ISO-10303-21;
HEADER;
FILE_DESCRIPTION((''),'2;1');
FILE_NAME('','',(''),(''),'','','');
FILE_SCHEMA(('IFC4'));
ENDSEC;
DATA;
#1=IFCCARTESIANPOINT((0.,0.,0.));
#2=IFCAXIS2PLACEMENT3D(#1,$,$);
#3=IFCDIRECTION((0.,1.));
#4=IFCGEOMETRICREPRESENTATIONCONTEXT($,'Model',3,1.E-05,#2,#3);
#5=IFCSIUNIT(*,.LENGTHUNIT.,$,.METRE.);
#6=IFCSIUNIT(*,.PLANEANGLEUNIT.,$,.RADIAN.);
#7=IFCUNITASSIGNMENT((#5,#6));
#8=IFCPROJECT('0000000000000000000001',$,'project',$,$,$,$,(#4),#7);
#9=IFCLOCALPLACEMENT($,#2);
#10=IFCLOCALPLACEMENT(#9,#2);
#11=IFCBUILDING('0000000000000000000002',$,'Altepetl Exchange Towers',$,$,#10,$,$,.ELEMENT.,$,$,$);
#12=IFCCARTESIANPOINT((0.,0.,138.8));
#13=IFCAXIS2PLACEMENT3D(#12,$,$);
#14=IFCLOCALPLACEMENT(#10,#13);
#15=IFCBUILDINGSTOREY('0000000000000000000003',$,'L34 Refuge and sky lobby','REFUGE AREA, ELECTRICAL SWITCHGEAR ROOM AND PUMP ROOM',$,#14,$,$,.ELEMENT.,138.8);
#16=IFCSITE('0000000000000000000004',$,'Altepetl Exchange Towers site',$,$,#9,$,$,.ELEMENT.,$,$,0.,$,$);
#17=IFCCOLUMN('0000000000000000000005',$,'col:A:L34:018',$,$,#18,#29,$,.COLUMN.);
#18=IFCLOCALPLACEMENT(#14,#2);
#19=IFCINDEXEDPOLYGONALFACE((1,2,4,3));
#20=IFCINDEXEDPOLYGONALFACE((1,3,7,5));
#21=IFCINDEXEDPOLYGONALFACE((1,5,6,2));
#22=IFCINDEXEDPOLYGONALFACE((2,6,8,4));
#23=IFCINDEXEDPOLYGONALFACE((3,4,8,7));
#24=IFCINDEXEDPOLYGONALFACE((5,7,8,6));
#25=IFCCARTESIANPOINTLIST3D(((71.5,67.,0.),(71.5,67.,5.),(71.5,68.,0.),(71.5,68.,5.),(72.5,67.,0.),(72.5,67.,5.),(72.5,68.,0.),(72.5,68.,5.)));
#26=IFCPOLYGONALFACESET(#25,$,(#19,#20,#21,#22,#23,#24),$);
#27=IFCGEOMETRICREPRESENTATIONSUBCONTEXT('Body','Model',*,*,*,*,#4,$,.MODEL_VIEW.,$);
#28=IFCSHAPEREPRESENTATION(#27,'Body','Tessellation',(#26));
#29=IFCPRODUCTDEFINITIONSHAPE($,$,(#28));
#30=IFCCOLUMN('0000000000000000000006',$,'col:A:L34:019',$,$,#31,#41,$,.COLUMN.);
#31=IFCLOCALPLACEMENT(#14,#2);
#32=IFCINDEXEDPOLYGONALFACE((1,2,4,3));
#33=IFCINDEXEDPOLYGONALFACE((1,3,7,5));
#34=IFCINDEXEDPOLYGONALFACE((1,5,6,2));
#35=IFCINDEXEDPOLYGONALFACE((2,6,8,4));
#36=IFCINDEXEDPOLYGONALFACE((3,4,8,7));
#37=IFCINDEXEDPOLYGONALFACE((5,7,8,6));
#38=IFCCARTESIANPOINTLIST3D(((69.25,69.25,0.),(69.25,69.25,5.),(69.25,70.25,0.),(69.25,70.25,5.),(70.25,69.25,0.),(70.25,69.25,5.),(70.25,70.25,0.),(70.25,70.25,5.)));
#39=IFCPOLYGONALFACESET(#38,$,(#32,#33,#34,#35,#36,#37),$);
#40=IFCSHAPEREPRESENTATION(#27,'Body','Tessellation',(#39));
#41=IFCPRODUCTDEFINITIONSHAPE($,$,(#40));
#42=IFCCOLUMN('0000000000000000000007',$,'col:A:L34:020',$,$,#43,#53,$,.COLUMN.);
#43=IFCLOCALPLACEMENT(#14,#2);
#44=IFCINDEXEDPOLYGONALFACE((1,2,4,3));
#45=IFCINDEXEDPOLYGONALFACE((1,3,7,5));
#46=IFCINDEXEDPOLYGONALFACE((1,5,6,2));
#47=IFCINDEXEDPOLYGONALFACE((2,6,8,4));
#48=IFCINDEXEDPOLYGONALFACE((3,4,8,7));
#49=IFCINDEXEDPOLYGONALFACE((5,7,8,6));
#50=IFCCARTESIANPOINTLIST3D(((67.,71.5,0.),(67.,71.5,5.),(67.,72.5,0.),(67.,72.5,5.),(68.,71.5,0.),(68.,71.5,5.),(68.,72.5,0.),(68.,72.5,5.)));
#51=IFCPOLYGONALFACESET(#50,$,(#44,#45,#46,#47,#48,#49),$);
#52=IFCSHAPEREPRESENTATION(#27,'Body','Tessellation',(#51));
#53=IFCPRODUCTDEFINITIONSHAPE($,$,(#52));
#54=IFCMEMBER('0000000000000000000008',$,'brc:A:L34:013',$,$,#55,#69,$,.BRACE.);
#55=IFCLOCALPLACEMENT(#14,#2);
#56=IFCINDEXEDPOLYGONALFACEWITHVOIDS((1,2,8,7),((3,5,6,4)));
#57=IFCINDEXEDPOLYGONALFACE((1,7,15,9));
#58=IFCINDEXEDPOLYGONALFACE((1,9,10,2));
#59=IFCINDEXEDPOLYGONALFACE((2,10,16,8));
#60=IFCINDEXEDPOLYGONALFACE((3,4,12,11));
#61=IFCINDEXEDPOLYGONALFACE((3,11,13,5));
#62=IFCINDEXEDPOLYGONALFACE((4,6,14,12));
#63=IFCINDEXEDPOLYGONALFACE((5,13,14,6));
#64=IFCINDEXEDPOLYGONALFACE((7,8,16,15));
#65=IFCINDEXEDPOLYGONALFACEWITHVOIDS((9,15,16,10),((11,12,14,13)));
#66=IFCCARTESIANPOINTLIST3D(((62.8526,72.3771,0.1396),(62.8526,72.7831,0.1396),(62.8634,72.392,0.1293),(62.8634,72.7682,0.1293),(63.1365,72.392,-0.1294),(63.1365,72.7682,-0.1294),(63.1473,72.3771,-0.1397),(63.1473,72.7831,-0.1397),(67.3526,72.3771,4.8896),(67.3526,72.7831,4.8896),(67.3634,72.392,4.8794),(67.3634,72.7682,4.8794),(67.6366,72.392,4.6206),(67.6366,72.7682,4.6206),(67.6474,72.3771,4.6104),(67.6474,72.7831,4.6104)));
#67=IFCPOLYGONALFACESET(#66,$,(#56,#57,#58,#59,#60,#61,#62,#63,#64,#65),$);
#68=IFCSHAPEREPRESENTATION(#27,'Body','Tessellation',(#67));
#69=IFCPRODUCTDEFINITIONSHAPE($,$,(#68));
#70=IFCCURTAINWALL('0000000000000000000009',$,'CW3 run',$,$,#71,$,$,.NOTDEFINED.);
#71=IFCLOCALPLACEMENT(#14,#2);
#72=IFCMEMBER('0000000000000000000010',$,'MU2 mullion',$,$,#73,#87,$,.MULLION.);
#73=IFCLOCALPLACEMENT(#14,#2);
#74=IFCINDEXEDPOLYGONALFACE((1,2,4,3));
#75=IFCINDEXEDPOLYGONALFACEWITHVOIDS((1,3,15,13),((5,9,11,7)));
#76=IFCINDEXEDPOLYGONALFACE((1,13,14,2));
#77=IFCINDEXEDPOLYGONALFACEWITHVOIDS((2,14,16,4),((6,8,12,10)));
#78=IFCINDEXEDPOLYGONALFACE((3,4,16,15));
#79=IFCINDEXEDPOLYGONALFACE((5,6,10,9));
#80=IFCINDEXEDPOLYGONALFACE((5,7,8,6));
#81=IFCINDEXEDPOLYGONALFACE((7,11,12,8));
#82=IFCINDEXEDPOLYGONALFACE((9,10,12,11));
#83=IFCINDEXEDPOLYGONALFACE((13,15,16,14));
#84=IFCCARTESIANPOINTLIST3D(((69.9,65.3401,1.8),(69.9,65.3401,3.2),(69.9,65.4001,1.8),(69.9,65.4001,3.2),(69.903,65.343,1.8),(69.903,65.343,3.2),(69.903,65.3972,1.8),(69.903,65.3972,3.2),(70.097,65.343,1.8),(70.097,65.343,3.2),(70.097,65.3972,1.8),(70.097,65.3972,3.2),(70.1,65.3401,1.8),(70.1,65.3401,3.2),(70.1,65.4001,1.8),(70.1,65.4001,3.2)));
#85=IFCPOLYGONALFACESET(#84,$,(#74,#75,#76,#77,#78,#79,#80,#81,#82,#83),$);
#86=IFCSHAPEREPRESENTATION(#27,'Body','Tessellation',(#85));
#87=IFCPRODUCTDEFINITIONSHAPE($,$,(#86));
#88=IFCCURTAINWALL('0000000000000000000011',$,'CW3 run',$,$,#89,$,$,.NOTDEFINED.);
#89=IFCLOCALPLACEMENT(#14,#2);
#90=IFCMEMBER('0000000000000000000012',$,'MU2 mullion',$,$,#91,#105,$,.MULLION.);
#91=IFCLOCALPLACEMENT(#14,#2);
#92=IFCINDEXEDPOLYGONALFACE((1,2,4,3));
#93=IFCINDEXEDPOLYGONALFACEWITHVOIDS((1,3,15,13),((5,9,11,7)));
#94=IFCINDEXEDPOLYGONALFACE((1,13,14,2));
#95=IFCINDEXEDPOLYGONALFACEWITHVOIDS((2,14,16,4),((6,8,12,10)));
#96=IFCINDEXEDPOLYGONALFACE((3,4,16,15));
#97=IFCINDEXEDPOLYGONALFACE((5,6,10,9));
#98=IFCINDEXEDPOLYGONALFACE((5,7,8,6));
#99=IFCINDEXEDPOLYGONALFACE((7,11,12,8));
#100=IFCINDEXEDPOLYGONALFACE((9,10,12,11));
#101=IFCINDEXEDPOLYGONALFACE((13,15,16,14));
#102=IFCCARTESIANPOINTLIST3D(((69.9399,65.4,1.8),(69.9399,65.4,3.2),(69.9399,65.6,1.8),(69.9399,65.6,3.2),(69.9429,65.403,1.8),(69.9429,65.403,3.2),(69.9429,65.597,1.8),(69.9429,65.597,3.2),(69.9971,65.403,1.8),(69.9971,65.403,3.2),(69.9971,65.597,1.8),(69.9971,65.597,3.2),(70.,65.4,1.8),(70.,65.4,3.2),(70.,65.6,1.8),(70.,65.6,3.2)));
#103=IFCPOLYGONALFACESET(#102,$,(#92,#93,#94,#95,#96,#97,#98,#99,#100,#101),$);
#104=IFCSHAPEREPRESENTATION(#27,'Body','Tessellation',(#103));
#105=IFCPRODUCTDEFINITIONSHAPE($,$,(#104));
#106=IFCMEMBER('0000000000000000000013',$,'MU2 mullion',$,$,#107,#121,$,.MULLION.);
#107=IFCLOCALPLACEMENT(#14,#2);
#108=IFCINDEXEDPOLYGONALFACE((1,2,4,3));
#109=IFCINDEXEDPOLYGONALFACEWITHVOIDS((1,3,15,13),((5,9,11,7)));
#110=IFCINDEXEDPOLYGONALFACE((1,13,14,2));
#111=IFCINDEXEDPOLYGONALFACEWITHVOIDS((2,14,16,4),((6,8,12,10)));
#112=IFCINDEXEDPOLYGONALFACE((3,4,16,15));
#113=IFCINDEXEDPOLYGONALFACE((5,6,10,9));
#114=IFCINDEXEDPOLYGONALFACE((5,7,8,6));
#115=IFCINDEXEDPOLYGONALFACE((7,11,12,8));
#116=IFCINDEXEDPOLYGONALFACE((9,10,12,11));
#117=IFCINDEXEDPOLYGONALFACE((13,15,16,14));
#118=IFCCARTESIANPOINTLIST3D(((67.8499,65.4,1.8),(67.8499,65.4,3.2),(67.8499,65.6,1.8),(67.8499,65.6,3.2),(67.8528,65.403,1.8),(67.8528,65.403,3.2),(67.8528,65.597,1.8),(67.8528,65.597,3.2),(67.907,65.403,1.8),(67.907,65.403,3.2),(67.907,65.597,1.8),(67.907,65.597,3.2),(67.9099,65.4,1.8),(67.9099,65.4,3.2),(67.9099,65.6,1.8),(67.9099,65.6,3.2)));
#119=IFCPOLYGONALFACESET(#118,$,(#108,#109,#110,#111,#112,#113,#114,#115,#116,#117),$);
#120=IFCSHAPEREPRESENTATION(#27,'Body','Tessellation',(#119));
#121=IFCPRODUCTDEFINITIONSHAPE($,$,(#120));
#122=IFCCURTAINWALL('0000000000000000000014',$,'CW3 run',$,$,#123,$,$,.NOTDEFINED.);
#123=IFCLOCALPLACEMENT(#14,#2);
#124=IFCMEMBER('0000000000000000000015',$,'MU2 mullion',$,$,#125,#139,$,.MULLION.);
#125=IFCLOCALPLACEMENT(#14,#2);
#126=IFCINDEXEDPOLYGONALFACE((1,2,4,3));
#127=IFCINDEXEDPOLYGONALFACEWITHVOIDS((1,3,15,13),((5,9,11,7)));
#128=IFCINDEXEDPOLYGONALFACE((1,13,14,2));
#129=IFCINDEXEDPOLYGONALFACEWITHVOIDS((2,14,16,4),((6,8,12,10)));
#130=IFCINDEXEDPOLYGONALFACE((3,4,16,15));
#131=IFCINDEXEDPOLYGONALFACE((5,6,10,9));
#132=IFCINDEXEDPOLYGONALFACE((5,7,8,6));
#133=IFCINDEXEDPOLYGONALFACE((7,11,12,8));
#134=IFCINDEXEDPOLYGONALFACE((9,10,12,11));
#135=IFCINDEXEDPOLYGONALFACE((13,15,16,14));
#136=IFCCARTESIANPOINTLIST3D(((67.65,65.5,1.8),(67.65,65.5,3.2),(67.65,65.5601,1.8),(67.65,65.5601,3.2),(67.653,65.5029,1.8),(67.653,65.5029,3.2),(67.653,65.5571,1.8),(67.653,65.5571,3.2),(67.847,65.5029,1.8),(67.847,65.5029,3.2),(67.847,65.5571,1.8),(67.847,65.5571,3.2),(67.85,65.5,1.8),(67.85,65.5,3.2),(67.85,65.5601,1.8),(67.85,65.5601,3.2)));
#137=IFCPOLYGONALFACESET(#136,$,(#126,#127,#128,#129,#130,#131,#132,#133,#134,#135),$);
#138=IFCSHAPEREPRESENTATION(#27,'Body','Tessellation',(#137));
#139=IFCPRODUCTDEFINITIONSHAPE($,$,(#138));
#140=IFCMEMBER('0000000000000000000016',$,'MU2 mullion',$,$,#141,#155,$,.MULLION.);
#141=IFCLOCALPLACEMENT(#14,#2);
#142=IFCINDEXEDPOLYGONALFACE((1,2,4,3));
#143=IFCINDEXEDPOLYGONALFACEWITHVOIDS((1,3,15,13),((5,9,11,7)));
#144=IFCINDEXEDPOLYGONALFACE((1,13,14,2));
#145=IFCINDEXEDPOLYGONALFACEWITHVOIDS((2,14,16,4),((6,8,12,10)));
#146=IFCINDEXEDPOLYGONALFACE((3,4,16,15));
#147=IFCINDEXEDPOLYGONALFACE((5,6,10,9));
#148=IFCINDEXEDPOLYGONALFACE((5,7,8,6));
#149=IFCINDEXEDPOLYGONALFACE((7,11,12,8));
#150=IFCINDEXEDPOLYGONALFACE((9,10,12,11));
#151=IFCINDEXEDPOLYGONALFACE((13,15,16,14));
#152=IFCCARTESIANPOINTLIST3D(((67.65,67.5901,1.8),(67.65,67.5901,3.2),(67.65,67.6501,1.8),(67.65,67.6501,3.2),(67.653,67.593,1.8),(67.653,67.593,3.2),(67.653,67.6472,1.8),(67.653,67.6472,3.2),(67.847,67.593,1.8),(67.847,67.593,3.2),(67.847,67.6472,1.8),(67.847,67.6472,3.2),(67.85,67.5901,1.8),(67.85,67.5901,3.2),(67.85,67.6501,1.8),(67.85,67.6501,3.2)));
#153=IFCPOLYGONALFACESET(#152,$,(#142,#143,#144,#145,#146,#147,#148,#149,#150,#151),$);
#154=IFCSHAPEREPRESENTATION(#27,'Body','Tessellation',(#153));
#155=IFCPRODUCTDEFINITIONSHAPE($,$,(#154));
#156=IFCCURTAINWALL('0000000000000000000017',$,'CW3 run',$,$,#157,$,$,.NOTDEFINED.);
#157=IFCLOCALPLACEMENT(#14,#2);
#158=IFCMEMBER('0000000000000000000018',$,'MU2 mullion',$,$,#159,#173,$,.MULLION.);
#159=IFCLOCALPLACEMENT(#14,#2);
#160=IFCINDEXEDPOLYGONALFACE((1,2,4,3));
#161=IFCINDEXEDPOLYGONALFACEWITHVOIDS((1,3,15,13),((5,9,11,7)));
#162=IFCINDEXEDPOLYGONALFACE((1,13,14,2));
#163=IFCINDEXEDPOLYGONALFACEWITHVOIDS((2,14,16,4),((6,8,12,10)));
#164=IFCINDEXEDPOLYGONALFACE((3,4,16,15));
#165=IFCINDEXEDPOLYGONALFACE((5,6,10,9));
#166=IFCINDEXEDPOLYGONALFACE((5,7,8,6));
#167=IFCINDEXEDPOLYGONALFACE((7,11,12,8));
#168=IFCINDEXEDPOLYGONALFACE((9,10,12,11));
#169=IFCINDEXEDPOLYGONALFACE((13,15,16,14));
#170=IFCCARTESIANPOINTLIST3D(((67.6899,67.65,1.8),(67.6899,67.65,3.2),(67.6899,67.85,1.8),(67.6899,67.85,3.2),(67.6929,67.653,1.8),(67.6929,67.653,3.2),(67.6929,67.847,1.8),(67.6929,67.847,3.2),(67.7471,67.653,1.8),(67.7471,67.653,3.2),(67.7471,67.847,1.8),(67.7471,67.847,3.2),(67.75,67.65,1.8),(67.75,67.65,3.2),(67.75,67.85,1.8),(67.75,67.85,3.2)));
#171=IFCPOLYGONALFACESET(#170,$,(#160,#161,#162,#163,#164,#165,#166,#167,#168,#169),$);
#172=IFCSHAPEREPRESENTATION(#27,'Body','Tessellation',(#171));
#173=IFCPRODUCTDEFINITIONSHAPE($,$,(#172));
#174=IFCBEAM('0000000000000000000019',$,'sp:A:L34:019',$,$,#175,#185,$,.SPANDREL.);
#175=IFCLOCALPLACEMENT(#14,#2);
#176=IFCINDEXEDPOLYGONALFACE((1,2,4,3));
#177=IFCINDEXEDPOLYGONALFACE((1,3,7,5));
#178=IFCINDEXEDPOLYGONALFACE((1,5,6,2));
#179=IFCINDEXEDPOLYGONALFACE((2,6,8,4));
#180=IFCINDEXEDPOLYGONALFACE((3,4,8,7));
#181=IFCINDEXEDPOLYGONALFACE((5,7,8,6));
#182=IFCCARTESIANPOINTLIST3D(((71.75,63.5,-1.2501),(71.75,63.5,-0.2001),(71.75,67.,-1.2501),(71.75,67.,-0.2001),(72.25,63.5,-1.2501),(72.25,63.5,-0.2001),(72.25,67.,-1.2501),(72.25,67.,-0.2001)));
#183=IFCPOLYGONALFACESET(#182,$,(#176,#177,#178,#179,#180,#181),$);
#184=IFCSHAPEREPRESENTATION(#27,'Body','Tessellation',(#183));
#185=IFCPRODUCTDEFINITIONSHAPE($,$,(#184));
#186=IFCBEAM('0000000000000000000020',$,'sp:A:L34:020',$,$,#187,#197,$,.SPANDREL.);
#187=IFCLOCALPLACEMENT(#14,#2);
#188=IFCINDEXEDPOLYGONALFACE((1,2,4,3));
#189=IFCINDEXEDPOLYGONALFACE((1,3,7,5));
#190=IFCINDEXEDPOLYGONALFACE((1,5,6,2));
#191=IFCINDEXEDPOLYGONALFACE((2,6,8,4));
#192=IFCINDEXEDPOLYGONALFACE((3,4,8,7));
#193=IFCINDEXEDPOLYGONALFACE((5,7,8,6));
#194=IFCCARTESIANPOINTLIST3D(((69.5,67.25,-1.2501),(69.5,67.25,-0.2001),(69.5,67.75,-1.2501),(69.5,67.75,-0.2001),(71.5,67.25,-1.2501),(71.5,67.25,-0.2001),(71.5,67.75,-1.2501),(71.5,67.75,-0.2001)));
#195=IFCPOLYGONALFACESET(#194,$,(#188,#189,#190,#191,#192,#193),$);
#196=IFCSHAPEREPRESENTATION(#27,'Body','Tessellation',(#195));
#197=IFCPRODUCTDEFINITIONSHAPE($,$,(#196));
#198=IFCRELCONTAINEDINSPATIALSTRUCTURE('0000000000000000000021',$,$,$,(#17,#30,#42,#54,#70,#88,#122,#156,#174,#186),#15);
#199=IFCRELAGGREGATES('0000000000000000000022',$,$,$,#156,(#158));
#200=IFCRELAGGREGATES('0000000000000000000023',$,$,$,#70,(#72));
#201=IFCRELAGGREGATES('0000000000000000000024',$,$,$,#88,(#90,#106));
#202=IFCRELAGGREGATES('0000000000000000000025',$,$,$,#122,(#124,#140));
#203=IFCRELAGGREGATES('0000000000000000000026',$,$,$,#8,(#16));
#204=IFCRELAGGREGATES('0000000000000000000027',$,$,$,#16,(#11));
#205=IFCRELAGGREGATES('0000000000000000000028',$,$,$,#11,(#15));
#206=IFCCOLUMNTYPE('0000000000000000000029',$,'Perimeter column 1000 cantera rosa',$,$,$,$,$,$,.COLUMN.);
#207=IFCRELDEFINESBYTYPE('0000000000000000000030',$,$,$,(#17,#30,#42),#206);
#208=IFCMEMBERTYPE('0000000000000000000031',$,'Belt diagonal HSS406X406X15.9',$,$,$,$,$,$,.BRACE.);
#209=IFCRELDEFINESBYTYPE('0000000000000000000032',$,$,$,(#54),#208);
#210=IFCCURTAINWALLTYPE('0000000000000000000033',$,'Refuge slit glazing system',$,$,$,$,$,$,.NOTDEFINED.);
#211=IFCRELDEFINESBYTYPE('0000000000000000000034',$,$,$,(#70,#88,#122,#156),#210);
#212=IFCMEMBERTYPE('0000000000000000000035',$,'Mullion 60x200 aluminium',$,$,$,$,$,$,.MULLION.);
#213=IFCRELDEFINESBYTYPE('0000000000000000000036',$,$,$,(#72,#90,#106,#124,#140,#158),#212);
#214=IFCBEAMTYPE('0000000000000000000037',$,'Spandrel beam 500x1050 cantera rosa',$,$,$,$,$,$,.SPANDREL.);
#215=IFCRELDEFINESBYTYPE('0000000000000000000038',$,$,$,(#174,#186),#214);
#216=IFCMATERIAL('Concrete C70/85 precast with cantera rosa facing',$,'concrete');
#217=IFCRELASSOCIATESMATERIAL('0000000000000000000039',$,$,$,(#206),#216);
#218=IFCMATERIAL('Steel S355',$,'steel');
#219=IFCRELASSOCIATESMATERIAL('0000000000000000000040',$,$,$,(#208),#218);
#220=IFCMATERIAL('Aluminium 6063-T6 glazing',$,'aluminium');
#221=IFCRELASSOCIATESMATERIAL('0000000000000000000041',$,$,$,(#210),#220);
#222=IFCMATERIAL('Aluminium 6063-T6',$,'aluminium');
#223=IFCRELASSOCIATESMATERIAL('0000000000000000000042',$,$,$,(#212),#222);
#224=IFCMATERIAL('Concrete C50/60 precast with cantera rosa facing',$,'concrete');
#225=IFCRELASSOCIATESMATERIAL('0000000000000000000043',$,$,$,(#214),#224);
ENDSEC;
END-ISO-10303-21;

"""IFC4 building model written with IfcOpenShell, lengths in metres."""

from ifc_helpers import new_model, si_unit, direction, frame, origin, origin_2d, place, context, subcontext, project, spatial, rectangle, hollow_rectangle, extrude, material, material_profile, profile_set, type_object, element, aggregate, save


model = new_model("IFC4")

# Units and contexts
model_context = context("Model", 3, precision=1e-05, world=origin(), true_north=direction((0.0, 1.0)))
body_context = subcontext(model_context, "Body", "Model", "MODEL_VIEW")
ifc_project = project(units=[si_unit("LENGTHUNIT", "METRE"), si_unit("PLANEANGLEUNIT", "RADIAN")], contexts=[model_context])

# Site, building, storey
site_placement = place(None, origin())
site = spatial("IfcSite", under=ifc_project, at=site_placement, Name="Altepetl Exchange Towers site", CompositionType="ELEMENT", RefElevation=0.0)
building_placement = place(site_placement, origin())
building = spatial("IfcBuilding", under=site, at=building_placement, Name="Altepetl Exchange Towers", CompositionType="ELEMENT")
storey_placement = place(building_placement, frame((0.0, 0.0, 138.8)))
storey = spatial("IfcBuildingStorey", under=building, at=storey_placement, Name="L34 Refuge and sky lobby", Description="REFUGE AREA, ELECTRICAL SWITCHGEAR ROOM AND PUMP ROOM", CompositionType="ELEMENT", Elevation=138.8)

# Columns
ifc_material_1 = material(Name="Concrete C70/85 precast with cantera rosa facing", Category="concrete")
ifc_material_profile_1 = material_profile(ifc_material_1, rectangle(XDim=1.0, YDim=1.0, at=origin_2d()), Name="1000 x 1000")
ifc_profile_set_1 = profile_set([ifc_material_profile_1], Name="Concrete C70/85 precast with cantera rosa facing")
column_type = type_object("IfcColumnType", Name="Perimeter column 1000 cantera rosa", PredefinedType="COLUMN", material=ifc_profile_set_1)
for number, where, name in (
    (1, (72.0, 67.5, 0.0), "col:A:L34:018"),
    (2, (69.75, 69.75, 0.0), "col:A:L34:019"),
    (3, (67.5, 72.0, 0.0), "col:A:L34:020"),
):
    element("IfcColumn", number, at=place(storey_placement, frame(where)), inside=storey, type_object=column_type, Name=name, PredefinedType="COLUMN", context=body_context, shape_type="SweptSolid", body=[
        extrude(rectangle(XDim=1.0, YDim=1.0, at=origin_2d()), origin(), (0.0, 0.0, 1.0), 5.0),
    ])

# Member
ifc_material_2 = material(Name="Steel S355", Category="steel")
ifc_material_profile_2 = material_profile(ifc_material_2, hollow_rectangle(XDim=0.406, YDim=0.406, WallThickness=0.0149, at=origin_2d()), Name="HSS406X406X15.9")
ifc_profile_set_2 = profile_set([ifc_material_profile_2], Name="Steel S355")
member_type_1 = type_object("IfcMemberType", Name="Belt diagonal HSS406X406X15.9", PredefinedType="BRACE", material=ifc_profile_set_2)
member_1_placement = place(storey_placement, frame((67.5, 72.5801, 4.75), z_axis=(-0.687745, 0.0, -0.725953), x_axis=(0.0, -1.0, 0.0)))
element("IfcMember", 4, at=member_1_placement, inside=storey, type_object=member_type_1, Name="brc:A:L34:013", PredefinedType="BRACE", context=body_context, shape_type="SweptSolid", body=[
    extrude(hollow_rectangle(XDim=0.406, YDim=0.406, WallThickness=0.0149, at=origin_2d()), origin(), (0.0, 0.0, 1.0), 6.5432),
])

# Curtain wall, member
ifc_material_3 = material(Name="Aluminium 6063-T6 glazing", Category="aluminium")
curtain_wall_type = type_object("IfcCurtainWallType", Name="Refuge slit glazing system", PredefinedType="NOTDEFINED", material=ifc_material_3)
curtain_wall_1_placement = place(storey_placement, origin())
curtain_wall_1 = element("IfcCurtainWall", 5, at=curtain_wall_1_placement, inside=storey, type_object=curtain_wall_type, Name="CW3 run", PredefinedType="NOTDEFINED")
ifc_material_4 = material(Name="Aluminium 6063-T6", Category="aluminium")
ifc_material_profile_3 = material_profile(ifc_material_4, hollow_rectangle(XDim=0.0601, YDim=0.2, WallThickness=0.0029, at=origin_2d()), Name="Mullion 60x200 aluminium")
ifc_profile_set_3 = profile_set([ifc_material_profile_3], Name="Aluminium 6063-T6")
member_type_2 = type_object("IfcMemberType", Name="Mullion 60x200 aluminium", PredefinedType="MULLION", material=ifc_profile_set_3)
member_2_placement = place(storey_placement, frame((70.0, 65.3701, 1.8), z_axis=(0.0, 0.0, 1.0), x_axis=(0.0, 1.0, 0.0)))
member_2 = element("IfcMember", 6, at=member_2_placement, type_object=member_type_2, Name="MU2 mullion", PredefinedType="MULLION", context=body_context, shape_type="SweptSolid", body=[
    extrude(hollow_rectangle(XDim=0.0601, YDim=0.2, WallThickness=0.0029, at=origin_2d()), origin(), (0.0, 0.0, 1.0), 1.3999),
])

# Curtain walls, members
curtain_wall_2_placement = place(storey_placement, origin())
curtain_wall_2 = element("IfcCurtainWall", 7, at=curtain_wall_2_placement, inside=storey, type_object=curtain_wall_type, Name="CW3 run", PredefinedType="NOTDEFINED")
member_3_placement = place(storey_placement, frame((69.97, 65.5, 1.8), z_axis=(0.0, 0.0, 1.0), x_axis=(-1.0, 0.0, 0.0)))
member_3 = element("IfcMember", 8, at=member_3_placement, type_object=member_type_2, Name="MU2 mullion", PredefinedType="MULLION", context=body_context, shape_type="SweptSolid", body=[
    extrude(hollow_rectangle(XDim=0.0601, YDim=0.2, WallThickness=0.0029, at=origin_2d()), origin(), (0.0, 0.0, 1.0), 1.3999),
])
member_4_placement = place(storey_placement, frame((67.8799, 65.5, 1.8), z_axis=(0.0, 0.0, 1.0), x_axis=(-1.0, 0.0, 0.0)))
member_4 = element("IfcMember", 9, at=member_4_placement, type_object=member_type_2, Name="MU2 mullion", PredefinedType="MULLION", context=body_context, shape_type="SweptSolid", body=[
    extrude(hollow_rectangle(XDim=0.0601, YDim=0.2, WallThickness=0.0029, at=origin_2d()), origin(), (0.0, 0.0, 1.0), 1.3999),
])
curtain_wall_3_placement = place(storey_placement, origin())
curtain_wall_3 = element("IfcCurtainWall", 10, at=curtain_wall_3_placement, inside=storey, type_object=curtain_wall_type, Name="CW3 run", PredefinedType="NOTDEFINED")
member_5_placement = place(storey_placement, frame((67.75, 65.53, 1.8), z_axis=(0.0, 0.0, 1.0), x_axis=(0.0, 1.0, 0.0)))
member_5 = element("IfcMember", 11, at=member_5_placement, type_object=member_type_2, Name="MU2 mullion", PredefinedType="MULLION", context=body_context, shape_type="SweptSolid", body=[
    extrude(hollow_rectangle(XDim=0.0601, YDim=0.2, WallThickness=0.0029, at=origin_2d()), origin(), (0.0, 0.0, 1.0), 1.3999),
])
member_6_placement = place(storey_placement, frame((67.75, 67.6201, 1.8), z_axis=(0.0, 0.0, 1.0), x_axis=(0.0, 1.0, 0.0)))
member_6 = element("IfcMember", 12, at=member_6_placement, type_object=member_type_2, Name="MU2 mullion", PredefinedType="MULLION", context=body_context, shape_type="SweptSolid", body=[
    extrude(hollow_rectangle(XDim=0.0601, YDim=0.2, WallThickness=0.0029, at=origin_2d()), origin(), (0.0, 0.0, 1.0), 1.3999),
])

# Curtain wall, member
curtain_wall_4_placement = place(storey_placement, origin())
curtain_wall_4 = element("IfcCurtainWall", 13, at=curtain_wall_4_placement, inside=storey, type_object=curtain_wall_type, Name="CW3 run", PredefinedType="NOTDEFINED")
member_7_placement = place(storey_placement, frame((67.72, 67.75, 1.8), z_axis=(0.0, 0.0, 1.0), x_axis=(-1.0, 0.0, 0.0)))
member_7 = element("IfcMember", 14, at=member_7_placement, type_object=member_type_2, Name="MU2 mullion", PredefinedType="MULLION", context=body_context, shape_type="SweptSolid", body=[
    extrude(hollow_rectangle(XDim=0.0601, YDim=0.2, WallThickness=0.0029, at=origin_2d()), origin(), (0.0, 0.0, 1.0), 1.3999),
])
aggregate(curtain_wall_4, [member_7])

# Beams
ifc_material_5 = material(Name="Concrete C50/60 precast with cantera rosa facing", Category="concrete")
ifc_material_profile_4 = material_profile(ifc_material_5, rectangle(XDim=0.5, YDim=1.05, at=origin_2d()), Name="500 x 1050")
ifc_profile_set_4 = profile_set([ifc_material_profile_4], Name="Concrete C50/60 precast with cantera rosa facing")
beam_type = type_object("IfcBeamType", Name="Spandrel beam 500x1050 cantera rosa", PredefinedType="SPANDREL", material=ifc_profile_set_4)
beam_1_placement = place(storey_placement, frame((72.0, 63.5, -0.7251), z_axis=(0.0, 1.0, 0.0), x_axis=(-1.0, 0.0, 0.0)))
element("IfcBeam", 15, at=beam_1_placement, inside=storey, type_object=beam_type, Name="sp:A:L34:019", PredefinedType="SPANDREL", context=body_context, shape_type="SweptSolid", body=[
    extrude(rectangle(XDim=0.5, YDim=1.05, at=origin_2d()), origin(), (0.0, 0.0, 1.0), 3.5),
])
beam_2_placement = place(storey_placement, frame((71.5, 67.5, -0.7251), z_axis=(-1.0, 0.0, 0.0), x_axis=(0.0, -1.0, 0.0)))
element("IfcBeam", 16, at=beam_2_placement, inside=storey, type_object=beam_type, Name="sp:A:L34:020", PredefinedType="SPANDREL", context=body_context, shape_type="SweptSolid", body=[
    extrude(rectangle(XDim=0.5, YDim=1.05, at=origin_2d()), origin(), (0.0, 0.0, 1.0), 2.0),
])

aggregate(curtain_wall_1, [member_2])
aggregate(curtain_wall_2, [member_3, member_4])
aggregate(curtain_wall_3, [member_5, member_6])

save(model, "model.ifc")
